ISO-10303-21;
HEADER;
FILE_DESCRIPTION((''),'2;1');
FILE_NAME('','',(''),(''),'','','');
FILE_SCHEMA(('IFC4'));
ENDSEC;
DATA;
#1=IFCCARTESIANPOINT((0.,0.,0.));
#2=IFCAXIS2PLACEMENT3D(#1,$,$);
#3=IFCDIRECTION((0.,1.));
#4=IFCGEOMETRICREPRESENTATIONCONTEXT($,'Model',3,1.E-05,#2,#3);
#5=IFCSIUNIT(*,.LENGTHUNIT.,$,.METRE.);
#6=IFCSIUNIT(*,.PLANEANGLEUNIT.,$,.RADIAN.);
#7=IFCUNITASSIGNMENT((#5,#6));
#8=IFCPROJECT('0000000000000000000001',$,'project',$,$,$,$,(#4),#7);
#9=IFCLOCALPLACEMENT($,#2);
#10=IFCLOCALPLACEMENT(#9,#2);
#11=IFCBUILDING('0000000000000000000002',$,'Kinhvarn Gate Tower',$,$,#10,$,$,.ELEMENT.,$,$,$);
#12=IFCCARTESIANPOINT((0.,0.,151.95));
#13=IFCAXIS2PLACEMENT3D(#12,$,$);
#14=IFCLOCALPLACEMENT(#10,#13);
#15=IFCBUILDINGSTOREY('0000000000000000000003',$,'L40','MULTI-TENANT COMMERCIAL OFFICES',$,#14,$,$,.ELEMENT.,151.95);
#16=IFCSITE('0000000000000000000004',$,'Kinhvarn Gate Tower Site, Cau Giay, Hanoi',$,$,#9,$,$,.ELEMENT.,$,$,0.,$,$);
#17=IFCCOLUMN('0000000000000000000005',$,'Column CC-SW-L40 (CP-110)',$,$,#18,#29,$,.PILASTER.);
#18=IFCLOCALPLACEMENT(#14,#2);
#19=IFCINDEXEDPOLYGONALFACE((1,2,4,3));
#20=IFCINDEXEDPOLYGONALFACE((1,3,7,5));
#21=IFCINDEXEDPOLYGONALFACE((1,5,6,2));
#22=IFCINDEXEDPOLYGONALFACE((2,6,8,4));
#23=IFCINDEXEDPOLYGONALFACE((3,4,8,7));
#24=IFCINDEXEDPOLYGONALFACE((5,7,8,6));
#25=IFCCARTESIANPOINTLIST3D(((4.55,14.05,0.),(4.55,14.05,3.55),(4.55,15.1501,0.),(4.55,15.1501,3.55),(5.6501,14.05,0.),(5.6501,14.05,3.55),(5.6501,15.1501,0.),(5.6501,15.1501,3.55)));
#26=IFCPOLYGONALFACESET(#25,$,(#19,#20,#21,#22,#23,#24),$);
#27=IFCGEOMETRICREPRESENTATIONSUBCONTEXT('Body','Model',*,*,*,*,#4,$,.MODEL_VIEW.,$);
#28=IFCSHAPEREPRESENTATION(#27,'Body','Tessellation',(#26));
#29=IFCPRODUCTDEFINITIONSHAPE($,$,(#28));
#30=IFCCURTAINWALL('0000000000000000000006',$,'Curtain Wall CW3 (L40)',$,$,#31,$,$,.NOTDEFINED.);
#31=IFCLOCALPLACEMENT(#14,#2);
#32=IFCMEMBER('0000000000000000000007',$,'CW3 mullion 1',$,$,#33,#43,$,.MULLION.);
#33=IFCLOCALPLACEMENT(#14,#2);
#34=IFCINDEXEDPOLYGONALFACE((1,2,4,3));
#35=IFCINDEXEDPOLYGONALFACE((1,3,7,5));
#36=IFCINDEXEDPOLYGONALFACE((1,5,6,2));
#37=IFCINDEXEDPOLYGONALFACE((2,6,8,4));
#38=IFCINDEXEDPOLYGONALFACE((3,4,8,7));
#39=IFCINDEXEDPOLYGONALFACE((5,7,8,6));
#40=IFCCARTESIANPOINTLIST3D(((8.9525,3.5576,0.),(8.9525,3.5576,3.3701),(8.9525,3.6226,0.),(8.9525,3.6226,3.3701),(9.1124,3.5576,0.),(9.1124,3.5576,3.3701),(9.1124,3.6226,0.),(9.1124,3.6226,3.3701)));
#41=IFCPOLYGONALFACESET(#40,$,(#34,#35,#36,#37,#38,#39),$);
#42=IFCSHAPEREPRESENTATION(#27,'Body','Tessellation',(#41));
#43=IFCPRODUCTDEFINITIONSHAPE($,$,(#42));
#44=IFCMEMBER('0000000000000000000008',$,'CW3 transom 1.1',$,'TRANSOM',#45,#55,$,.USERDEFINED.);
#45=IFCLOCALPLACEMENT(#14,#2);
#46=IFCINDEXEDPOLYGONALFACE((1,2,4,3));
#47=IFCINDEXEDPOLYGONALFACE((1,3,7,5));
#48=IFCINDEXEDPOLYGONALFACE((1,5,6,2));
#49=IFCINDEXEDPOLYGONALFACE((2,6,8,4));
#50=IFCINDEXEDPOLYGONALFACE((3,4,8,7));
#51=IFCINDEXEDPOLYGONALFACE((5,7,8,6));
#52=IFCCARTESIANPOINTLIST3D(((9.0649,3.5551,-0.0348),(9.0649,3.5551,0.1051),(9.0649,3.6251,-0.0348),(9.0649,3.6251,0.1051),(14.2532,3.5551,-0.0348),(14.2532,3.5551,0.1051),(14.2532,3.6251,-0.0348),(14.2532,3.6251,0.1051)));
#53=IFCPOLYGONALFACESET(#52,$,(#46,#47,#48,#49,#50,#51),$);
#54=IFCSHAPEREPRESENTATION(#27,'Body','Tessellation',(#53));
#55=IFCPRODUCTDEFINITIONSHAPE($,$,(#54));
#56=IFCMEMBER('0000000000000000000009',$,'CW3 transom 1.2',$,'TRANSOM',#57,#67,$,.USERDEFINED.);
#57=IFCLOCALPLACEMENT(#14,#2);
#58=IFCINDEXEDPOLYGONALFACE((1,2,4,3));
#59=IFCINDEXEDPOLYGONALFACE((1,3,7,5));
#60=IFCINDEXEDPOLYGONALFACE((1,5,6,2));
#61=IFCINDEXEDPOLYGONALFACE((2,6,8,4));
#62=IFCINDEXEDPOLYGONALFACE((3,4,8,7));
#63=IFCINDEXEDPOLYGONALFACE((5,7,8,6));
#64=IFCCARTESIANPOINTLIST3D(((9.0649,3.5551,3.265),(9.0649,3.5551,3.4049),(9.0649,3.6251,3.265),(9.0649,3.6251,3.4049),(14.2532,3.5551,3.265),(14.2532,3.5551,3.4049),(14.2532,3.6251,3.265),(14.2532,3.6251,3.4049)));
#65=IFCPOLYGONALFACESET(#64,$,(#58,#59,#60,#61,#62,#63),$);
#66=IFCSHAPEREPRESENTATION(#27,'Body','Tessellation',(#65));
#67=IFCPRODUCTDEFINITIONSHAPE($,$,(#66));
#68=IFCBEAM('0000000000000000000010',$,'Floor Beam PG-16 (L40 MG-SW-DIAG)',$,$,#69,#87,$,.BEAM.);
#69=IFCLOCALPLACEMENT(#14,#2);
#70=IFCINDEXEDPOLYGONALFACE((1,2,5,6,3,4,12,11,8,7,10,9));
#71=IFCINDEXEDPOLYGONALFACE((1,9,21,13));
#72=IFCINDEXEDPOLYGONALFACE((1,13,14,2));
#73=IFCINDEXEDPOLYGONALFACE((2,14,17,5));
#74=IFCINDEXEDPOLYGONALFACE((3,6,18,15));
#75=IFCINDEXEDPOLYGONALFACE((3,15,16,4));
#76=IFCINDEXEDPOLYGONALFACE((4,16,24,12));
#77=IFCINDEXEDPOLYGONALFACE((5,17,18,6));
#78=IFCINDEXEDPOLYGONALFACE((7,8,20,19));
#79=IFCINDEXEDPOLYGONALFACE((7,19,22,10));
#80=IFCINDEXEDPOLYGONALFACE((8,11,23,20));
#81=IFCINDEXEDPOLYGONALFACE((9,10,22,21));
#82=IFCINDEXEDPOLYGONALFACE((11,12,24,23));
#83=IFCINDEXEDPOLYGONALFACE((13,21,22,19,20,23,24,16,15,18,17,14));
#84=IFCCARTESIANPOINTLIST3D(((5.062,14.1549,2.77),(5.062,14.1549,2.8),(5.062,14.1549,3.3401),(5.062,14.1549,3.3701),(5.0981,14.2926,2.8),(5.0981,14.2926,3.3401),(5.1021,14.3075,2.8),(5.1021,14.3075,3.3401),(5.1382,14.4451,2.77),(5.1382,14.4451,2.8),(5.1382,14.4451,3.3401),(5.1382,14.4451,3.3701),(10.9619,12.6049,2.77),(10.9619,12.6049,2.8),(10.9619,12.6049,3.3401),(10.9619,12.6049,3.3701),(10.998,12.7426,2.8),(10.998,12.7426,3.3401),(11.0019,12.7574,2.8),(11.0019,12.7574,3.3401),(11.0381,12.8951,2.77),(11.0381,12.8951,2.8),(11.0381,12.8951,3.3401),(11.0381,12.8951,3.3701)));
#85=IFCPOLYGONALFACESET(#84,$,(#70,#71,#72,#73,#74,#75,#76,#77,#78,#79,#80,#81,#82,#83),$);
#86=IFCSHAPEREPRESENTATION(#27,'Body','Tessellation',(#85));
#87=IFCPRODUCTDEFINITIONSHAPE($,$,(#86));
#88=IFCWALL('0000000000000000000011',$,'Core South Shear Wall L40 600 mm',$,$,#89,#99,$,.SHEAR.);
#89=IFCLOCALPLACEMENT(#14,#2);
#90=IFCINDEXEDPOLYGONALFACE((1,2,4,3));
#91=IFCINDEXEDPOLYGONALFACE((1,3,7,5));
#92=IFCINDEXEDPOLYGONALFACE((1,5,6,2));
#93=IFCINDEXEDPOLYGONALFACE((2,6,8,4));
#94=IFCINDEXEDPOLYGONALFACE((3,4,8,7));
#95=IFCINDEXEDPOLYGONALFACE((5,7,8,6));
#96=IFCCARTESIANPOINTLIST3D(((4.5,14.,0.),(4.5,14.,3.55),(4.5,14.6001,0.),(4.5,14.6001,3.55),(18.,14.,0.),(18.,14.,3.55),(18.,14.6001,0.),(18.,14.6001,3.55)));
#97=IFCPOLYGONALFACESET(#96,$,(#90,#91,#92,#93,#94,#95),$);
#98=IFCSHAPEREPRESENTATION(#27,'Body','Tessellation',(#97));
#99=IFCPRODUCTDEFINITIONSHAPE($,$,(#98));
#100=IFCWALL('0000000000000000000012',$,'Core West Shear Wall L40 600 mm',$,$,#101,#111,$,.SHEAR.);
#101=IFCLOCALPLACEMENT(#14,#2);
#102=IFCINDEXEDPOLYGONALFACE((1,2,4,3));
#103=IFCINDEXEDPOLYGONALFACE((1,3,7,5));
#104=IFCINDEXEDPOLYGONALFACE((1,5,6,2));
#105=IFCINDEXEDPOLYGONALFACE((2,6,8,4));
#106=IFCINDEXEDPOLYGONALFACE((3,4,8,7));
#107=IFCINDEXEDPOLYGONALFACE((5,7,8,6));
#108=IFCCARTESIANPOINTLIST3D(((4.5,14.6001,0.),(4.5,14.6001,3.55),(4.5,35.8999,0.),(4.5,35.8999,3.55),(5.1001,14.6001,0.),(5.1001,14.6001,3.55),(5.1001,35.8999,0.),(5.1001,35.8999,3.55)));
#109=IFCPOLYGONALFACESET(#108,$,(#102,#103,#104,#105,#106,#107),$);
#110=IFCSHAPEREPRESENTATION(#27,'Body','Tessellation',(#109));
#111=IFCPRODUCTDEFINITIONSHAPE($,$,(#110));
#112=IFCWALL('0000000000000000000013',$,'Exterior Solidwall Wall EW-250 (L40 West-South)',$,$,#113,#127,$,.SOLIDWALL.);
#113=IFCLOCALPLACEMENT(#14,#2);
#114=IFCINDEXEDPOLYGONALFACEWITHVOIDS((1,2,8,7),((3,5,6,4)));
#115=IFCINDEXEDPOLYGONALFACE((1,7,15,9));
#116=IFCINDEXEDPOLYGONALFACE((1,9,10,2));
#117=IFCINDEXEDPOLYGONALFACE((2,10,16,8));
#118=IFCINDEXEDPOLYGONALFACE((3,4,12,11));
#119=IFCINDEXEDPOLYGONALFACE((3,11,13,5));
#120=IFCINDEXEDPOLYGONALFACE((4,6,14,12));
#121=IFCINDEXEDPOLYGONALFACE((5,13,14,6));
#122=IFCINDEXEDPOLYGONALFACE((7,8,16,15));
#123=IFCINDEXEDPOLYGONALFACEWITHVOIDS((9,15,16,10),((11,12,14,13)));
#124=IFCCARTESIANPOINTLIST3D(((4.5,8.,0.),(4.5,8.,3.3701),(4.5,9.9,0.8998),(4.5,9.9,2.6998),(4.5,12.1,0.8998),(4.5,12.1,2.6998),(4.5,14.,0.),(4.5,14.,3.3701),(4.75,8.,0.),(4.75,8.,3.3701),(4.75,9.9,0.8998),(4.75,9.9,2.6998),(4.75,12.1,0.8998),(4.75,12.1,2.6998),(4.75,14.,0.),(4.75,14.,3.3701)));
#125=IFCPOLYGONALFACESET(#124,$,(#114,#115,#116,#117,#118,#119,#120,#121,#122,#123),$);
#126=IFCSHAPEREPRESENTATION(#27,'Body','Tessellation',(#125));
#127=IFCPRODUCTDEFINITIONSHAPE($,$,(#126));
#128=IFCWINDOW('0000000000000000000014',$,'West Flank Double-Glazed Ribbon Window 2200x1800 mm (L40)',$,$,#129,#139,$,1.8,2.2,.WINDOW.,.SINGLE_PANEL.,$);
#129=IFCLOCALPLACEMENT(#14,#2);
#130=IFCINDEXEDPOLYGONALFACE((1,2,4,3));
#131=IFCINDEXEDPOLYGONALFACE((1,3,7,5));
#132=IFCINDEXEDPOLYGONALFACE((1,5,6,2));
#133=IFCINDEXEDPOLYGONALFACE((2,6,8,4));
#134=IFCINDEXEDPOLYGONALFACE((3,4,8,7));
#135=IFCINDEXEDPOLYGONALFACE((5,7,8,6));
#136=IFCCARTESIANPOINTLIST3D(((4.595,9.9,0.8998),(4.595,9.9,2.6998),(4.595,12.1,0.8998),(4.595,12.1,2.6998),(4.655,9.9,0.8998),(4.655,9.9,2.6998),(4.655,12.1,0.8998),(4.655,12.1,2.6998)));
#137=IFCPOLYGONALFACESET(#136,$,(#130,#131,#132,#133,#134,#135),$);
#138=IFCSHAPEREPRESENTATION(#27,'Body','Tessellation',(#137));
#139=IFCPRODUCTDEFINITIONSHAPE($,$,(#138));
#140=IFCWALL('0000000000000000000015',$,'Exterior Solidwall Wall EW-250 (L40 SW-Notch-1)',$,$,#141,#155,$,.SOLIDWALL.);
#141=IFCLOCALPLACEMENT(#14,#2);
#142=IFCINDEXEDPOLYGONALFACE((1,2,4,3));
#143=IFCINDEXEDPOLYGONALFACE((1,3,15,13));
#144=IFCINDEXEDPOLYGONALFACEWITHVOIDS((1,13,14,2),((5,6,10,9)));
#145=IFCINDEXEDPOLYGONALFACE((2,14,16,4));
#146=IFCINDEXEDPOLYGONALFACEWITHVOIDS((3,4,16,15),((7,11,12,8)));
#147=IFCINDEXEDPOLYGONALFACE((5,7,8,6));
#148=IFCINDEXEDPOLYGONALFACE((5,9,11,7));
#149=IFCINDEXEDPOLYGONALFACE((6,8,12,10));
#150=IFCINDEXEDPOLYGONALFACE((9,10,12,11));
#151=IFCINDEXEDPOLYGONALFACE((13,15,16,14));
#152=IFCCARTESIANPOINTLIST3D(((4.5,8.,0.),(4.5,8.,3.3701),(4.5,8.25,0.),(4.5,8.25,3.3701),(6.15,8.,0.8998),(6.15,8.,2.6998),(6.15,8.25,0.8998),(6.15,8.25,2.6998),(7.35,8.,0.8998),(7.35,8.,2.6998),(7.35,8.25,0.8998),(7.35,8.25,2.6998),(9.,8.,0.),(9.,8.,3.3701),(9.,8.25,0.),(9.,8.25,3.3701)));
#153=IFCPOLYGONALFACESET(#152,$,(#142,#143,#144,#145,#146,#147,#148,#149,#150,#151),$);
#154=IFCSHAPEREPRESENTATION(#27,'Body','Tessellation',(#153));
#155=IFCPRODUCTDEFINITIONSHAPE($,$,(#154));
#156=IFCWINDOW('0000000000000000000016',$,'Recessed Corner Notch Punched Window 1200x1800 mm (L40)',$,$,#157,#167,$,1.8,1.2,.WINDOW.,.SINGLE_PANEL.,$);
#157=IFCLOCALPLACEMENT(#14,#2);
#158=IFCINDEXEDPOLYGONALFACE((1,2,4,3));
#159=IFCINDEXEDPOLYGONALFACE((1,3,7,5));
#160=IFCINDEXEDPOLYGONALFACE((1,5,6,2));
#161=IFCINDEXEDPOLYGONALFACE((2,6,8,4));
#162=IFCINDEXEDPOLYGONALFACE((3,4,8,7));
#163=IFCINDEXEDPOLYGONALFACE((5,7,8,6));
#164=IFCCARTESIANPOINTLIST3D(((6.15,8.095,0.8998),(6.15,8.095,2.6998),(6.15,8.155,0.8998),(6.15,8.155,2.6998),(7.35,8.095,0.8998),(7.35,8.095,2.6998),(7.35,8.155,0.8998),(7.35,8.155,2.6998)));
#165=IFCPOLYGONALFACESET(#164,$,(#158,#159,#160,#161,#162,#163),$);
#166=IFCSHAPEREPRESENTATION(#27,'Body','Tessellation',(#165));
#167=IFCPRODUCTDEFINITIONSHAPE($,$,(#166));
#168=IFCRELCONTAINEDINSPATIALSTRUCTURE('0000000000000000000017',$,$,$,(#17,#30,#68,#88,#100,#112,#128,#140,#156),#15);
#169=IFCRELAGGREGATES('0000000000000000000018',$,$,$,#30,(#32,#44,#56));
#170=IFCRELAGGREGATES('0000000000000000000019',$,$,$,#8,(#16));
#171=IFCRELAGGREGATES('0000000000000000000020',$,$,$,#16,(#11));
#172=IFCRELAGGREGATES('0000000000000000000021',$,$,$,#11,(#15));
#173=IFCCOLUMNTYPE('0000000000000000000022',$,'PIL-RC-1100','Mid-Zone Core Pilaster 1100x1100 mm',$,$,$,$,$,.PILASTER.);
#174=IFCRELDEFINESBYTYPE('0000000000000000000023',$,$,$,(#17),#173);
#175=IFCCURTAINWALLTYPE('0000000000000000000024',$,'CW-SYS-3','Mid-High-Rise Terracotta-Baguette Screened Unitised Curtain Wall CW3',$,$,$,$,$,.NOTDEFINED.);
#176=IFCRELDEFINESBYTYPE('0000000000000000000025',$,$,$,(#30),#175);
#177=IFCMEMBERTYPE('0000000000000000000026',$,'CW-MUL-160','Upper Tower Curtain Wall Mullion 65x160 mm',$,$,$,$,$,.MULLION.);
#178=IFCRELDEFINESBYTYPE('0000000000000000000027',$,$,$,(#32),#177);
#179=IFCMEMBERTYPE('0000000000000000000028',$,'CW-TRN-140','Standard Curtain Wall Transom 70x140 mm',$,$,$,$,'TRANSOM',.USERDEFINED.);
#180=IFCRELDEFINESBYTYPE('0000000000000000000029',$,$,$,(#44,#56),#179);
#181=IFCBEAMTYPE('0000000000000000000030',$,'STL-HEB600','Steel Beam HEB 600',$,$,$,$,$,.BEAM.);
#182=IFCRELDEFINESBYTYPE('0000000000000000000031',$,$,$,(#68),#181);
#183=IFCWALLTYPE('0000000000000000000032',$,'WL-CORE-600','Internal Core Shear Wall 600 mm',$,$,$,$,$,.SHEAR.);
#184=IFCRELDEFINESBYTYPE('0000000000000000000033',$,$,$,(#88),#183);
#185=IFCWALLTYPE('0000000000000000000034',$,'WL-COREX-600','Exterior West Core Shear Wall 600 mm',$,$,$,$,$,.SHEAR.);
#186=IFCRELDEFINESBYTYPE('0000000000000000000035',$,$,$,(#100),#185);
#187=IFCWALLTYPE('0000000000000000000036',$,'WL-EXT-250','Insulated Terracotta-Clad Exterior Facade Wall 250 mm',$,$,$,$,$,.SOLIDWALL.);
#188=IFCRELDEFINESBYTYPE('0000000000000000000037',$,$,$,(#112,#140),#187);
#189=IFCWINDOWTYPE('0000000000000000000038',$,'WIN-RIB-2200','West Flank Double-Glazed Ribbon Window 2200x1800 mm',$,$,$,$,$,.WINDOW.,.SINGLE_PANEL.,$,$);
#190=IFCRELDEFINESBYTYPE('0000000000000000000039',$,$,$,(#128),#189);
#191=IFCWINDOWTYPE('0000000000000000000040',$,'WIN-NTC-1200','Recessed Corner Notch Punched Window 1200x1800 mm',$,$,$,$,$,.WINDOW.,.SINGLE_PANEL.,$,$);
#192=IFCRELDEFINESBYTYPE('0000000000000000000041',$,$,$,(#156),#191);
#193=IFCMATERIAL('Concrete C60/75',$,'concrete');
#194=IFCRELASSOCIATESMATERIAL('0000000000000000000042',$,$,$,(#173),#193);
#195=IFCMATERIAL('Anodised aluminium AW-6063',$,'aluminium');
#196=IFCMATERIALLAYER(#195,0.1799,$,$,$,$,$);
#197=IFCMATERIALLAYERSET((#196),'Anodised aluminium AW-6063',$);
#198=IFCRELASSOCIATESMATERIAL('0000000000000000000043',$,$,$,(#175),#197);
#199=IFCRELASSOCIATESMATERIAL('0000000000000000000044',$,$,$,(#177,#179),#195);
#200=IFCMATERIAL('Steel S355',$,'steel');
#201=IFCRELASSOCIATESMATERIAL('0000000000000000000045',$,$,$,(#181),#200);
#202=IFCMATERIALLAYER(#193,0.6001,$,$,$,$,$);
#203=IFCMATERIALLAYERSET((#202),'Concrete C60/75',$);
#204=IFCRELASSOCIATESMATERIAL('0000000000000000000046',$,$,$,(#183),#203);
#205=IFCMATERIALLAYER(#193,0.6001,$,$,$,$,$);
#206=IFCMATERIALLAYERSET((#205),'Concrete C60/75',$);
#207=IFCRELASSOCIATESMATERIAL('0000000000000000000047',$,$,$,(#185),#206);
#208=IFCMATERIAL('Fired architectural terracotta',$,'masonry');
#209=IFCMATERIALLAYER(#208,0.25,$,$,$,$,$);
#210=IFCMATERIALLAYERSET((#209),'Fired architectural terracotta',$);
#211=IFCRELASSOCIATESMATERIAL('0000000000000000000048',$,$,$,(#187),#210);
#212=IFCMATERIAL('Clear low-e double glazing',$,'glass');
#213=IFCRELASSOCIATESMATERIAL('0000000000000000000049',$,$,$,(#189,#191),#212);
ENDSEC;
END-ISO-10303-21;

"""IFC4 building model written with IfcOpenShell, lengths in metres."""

from ifc_helpers import new_model, si_unit, direction, frame, frame_2d, origin, origin_2d, place, context, subcontext, project, spatial, rectangle, i_section, extrude, material, layer, layer_set, material_profile, profile_set, type_object, element, fill, aggregate, save


model = new_model("IFC4")

# Units and contexts
model_context = context("Model", 3, precision=1e-05, world=origin(), true_north=direction((0.0, 1.0)))
body_context = subcontext(model_context, "Body", "Model", "MODEL_VIEW")
ifc_project = project(units=[si_unit("LENGTHUNIT", "METRE"), si_unit("PLANEANGLEUNIT", "RADIAN")], contexts=[model_context])

# Site, building, storey
site_placement = place(None, origin())
site = spatial("IfcSite", under=ifc_project, at=site_placement, Name="Kinhvarn Gate Tower Site, Cau Giay, Hanoi", CompositionType="ELEMENT", RefElevation=0.0)
building_placement = place(site_placement, origin())
building = spatial("IfcBuilding", under=site, at=building_placement, Name="Kinhvarn Gate Tower", CompositionType="ELEMENT")
storey_placement = place(building_placement, frame((0.0, 0.0, 151.95)))
storey = spatial("IfcBuildingStorey", under=building, at=storey_placement, Name="L40", Description="MULTI-TENANT COMMERCIAL OFFICES", CompositionType="ELEMENT", Elevation=151.95)

# Column
ifc_material_1 = material(Name="Concrete C60/75", Category="concrete")
ifc_material_profile_1 = material_profile(ifc_material_1, rectangle(XDim=1.1001, YDim=1.1001, at=origin_2d()), Name="RC 1100x1100")
ifc_profile_set_1 = profile_set([ifc_material_profile_1], Name="Concrete C60/75")
column_type = type_object("IfcColumnType", Name="PIL-RC-1100", Description="Mid-Zone Core Pilaster 1100x1100 mm", PredefinedType="PILASTER", material=ifc_profile_set_1)
column_placement = place(storey_placement, frame((5.1001, 14.6001, 0.0), z_axis=(0.0, 0.0, 1.0), x_axis=(1.0, 0.0, 0.0)))
element("IfcColumn", 1, at=column_placement, inside=storey, type_object=column_type, Name="Column CC-SW-L40 (CP-110)", PredefinedType="PILASTER", context=body_context, shape_type="SweptSolid", body=[
    extrude(rectangle(XDim=1.1001, YDim=1.1001, at=origin_2d()), origin(), (0.0, 0.0, 1.0), 3.55),
])

# Curtain wall, members
ifc_material_2 = material(Name="Anodised aluminium AW-6063", Category="aluminium")
ifc_layer_1 = layer(ifc_material_2, 0.1799)
ifc_layer_set_1 = layer_set([ifc_layer_1], Name="Anodised aluminium AW-6063")
curtain_wall_type = type_object("IfcCurtainWallType", Name="CW-SYS-3", Description="Mid-High-Rise Terracotta-Baguette Screened Unitised Curtain Wall CW3", PredefinedType="NOTDEFINED", material=ifc_layer_set_1)
curtain_wall_placement = place(storey_placement, origin())
curtain_wall = element("IfcCurtainWall", 2, at=curtain_wall_placement, inside=storey, type_object=curtain_wall_type, Name="Curtain Wall CW3 (L40)", PredefinedType="NOTDEFINED")
ifc_material_profile_2 = material_profile(ifc_material_2, rectangle(XDim=0.0649, YDim=0.1599, at=origin_2d()), Name="ALU 65x160")
ifc_profile_set_2 = profile_set([ifc_material_profile_2], Name="Anodised aluminium AW-6063")
member_type_1 = type_object("IfcMemberType", Name="CW-MUL-160", Description="Upper Tower Curtain Wall Mullion 65x160 mm", PredefinedType="MULLION", material=ifc_profile_set_2)
member_1_placement = place(storey_placement, frame((9.0325, 3.5901, 0.0), z_axis=(0.0, 0.0, 1.0), x_axis=(0.0, 1.0, 0.0)))
member_1 = element("IfcMember", 3, at=member_1_placement, type_object=member_type_1, Name="CW3 mullion 1", PredefinedType="MULLION", context=body_context, shape_type="SweptSolid", body=[
    extrude(rectangle(XDim=0.0649, YDim=0.1599, at=origin_2d()), origin(), (0.0, 0.0, 1.0), 3.3701),
])
ifc_material_profile_3 = material_profile(ifc_material_2, rectangle(XDim=0.0701, YDim=0.1399, at=origin_2d()), Name="ALU 70x140")
ifc_profile_set_3 = profile_set([ifc_material_profile_3], Name="Anodised aluminium AW-6063")
member_type_2 = type_object("IfcMemberType", Name="CW-TRN-140", Description="Standard Curtain Wall Transom 70x140 mm", ElementType="TRANSOM", PredefinedType="USERDEFINED", material=ifc_profile_set_3)
member_2_placement = place(storey_placement, frame((9.0649, 3.5901, 0.0352), z_axis=(1.0, 0.0, 0.0), x_axis=(0.0, 1.0, 0.0)))
member_2 = element("IfcMember", 4, at=member_2_placement, type_object=member_type_2, Name="CW3 transom 1.1", ObjectType="TRANSOM", PredefinedType="USERDEFINED", context=body_context, shape_type="SweptSolid", body=[
    extrude(rectangle(XDim=0.0701, YDim=0.1399, at=origin_2d()), origin(), (0.0, 0.0, 1.0), 5.1882),
])
member_3_placement = place(storey_placement, frame((9.0649, 3.5901, 3.335), z_axis=(1.0, 0.0, 0.0), x_axis=(0.0, 1.0, 0.0)))
member_3 = element("IfcMember", 5, at=member_3_placement, type_object=member_type_2, Name="CW3 transom 1.2", ObjectType="TRANSOM", PredefinedType="USERDEFINED", context=body_context, shape_type="SweptSolid", body=[
    extrude(rectangle(XDim=0.0701, YDim=0.1399, at=origin_2d()), origin(), (0.0, 0.0, 1.0), 5.1882),
])
aggregate(curtain_wall, [member_1, member_2, member_3])

# Beam
ifc_material_3 = material(Name="Steel S355", Category="steel")
ifc_material_profile_4 = material_profile(ifc_material_3, i_section(OverallWidth=0.3, OverallDepth=0.6001, WebThickness=0.0154, FlangeThickness=0.03, at=origin_2d()), Name="HEB 600")
ifc_profile_set_4 = profile_set([ifc_material_profile_4], Name="Steel S355")
beam_type = type_object("IfcBeamType", Name="STL-HEB600", Description="Steel Beam HEB 600", PredefinedType="BEAM", material=ifc_profile_set_4)
beam_placement = place(storey_placement, frame((5.1001, 14.3, 3.0701), z_axis=(0.967178, -0.254101, 0.0), x_axis=(0.254101, 0.967178, 0.0)))
element("IfcBeam", 6, at=beam_placement, inside=storey, type_object=beam_type, Name="Floor Beam PG-16 (L40 MG-SW-DIAG)", PredefinedType="BEAM", context=body_context, shape_type="SweptSolid", body=[
    extrude(i_section(OverallWidth=0.3, OverallDepth=0.6001, WebThickness=0.0154, FlangeThickness=0.03, at=origin_2d()), origin(), (0.0, 0.0, 1.0), 6.1001),
])

# Walls
ifc_layer_2 = layer(ifc_material_1, 0.6001)
ifc_layer_set_2 = layer_set([ifc_layer_2], Name="Concrete C60/75")
wall_type_1 = type_object("IfcWallType", Name="WL-CORE-600", Description="Internal Core Shear Wall 600 mm", PredefinedType="SHEAR", material=ifc_layer_set_2)
wall_1_placement = place(storey_placement, frame((4.5, 14.3, 0.0), z_axis=(0.0, 0.0, 1.0), x_axis=(1.0, 0.0, 0.0)))
element("IfcWall", 7, at=wall_1_placement, inside=storey, type_object=wall_type_1, Name="Core South Shear Wall L40 600 mm", PredefinedType="SHEAR", context=body_context, shape_type="SweptSolid", body=[
    extrude(rectangle(XDim=13.5, YDim=0.6001, at=frame_2d((6.75, 0.0))), origin(), (0.0, 0.0, 1.0), 3.55),
])
ifc_layer_3 = layer(ifc_material_1, 0.6001)
ifc_layer_set_3 = layer_set([ifc_layer_3], Name="Concrete C60/75")
wall_type_2 = type_object("IfcWallType", Name="WL-COREX-600", Description="Exterior West Core Shear Wall 600 mm", PredefinedType="SHEAR", material=ifc_layer_set_3)
wall_2_placement = place(storey_placement, frame((4.8, 14.6001, 0.0), z_axis=(0.0, 0.0, 1.0), x_axis=(0.0, 1.0, 0.0)))
element("IfcWall", 8, at=wall_2_placement, inside=storey, type_object=wall_type_2, Name="Core West Shear Wall L40 600 mm", PredefinedType="SHEAR", context=body_context, shape_type="SweptSolid", body=[
    extrude(rectangle(XDim=21.2998, YDim=0.6001, at=frame_2d((10.6499, 0.0))), origin(), (0.0, 0.0, 1.0), 3.55),
])

# Walls, openings, windows
ifc_material_4 = material(Name="Fired architectural terracotta", Category="masonry")
ifc_layer_4 = layer(ifc_material_4, 0.25)
ifc_layer_set_4 = layer_set([ifc_layer_4], Name="Fired architectural terracotta")
wall_type_3 = type_object("IfcWallType", Name="WL-EXT-250", Description="Insulated Terracotta-Clad Exterior Facade Wall 250 mm", PredefinedType="SOLIDWALL", material=ifc_layer_set_4)
wall_3_placement = place(storey_placement, frame((4.625, 14.0, 0.0), z_axis=(0.0, 0.0, 1.0), x_axis=(0.0, -1.0, 0.0)))
wall_3 = element("IfcWall", 9, at=wall_3_placement, inside=storey, type_object=wall_type_3, Name="Exterior Solidwall Wall EW-250 (L40 West-South)", PredefinedType="SOLIDWALL", context=body_context, shape_type="SweptSolid", body=[
    extrude(rectangle(XDim=6.0, YDim=0.25, at=frame_2d((3.0, 0.0))), origin(), (0.0, 0.0, 1.0), 3.3701),
])
opening_1_placement = place(wall_3_placement, frame((1.8999, 0.0, 0.8999)))
opening_1 = element("IfcOpeningElement", 10, at=opening_1_placement, cuts=wall_3, PredefinedType="OPENING", context=body_context, shape_type="SweptSolid", body=[
    extrude(rectangle(XDim=2.2, YDim=1.8, at=frame_2d((1.1001, 0.8999))), frame((0.0, 0.135, 0.0), z_axis=(0.0, -1.0, 0.0), x_axis=(1.0, 0.0, 0.0)), (0.0, 0.0, 1.0), 0.27),
])
ifc_material_5 = material(Name="Clear low-e double glazing", Category="glass")
window_type_1 = type_object("IfcWindowType", Name="WIN-RIB-2200", Description="West Flank Double-Glazed Ribbon Window 2200x1800 mm", PartitioningType="SINGLE_PANEL", PredefinedType="WINDOW", material=ifc_material_5)
window_1_placement = place(opening_1_placement, origin())
window_1 = element("IfcWindow", 11, at=window_1_placement, inside=storey, type_object=window_type_1, Name="West Flank Double-Glazed Ribbon Window 2200x1800 mm (L40)", OverallHeight=1.8, OverallWidth=2.2, PartitioningType="SINGLE_PANEL", PredefinedType="WINDOW", context=body_context, shape_type="SweptSolid", body=[
    extrude(rectangle(XDim=2.2, YDim=1.8, at=frame_2d((1.1001, 0.8999))), frame((0.0, 0.03, 0.0), z_axis=(0.0, -1.0, 0.0), x_axis=(1.0, 0.0, 0.0)), (0.0, 0.0, 1.0), 0.0601),
])
fill(opening_1, window_1)
wall_4_placement = place(storey_placement, frame((4.5, 8.125, 0.0), z_axis=(0.0, 0.0, 1.0), x_axis=(1.0, 0.0, 0.0)))
wall_4 = element("IfcWall", 12, at=wall_4_placement, inside=storey, type_object=wall_type_3, Name="Exterior Solidwall Wall EW-250 (L40 SW-Notch-1)", PredefinedType="SOLIDWALL", context=body_context, shape_type="SweptSolid", body=[
    extrude(rectangle(XDim=4.5, YDim=0.25, at=frame_2d((2.25, 0.0))), origin(), (0.0, 0.0, 1.0), 3.3701),
])
opening_2_placement = place(wall_4_placement, frame((1.6499, 0.0, 0.8999)))
opening_2 = element("IfcOpeningElement", 13, at=opening_2_placement, cuts=wall_4, PredefinedType="OPENING", context=body_context, shape_type="SweptSolid", body=[
    extrude(rectangle(XDim=1.2, YDim=1.8, at=frame_2d((0.6001, 0.8999))), frame((0.0, 0.135, 0.0), z_axis=(0.0, -1.0, 0.0), x_axis=(1.0, 0.0, 0.0)), (0.0, 0.0, 1.0), 0.27),
])
window_type_2 = type_object("IfcWindowType", Name="WIN-NTC-1200", Description="Recessed Corner Notch Punched Window 1200x1800 mm", PartitioningType="SINGLE_PANEL", PredefinedType="WINDOW", material=ifc_material_5)
window_2_placement = place(opening_2_placement, origin())
window_2 = element("IfcWindow", 14, at=window_2_placement, inside=storey, type_object=window_type_2, Name="Recessed Corner Notch Punched Window 1200x1800 mm (L40)", OverallHeight=1.8, OverallWidth=1.2, PartitioningType="SINGLE_PANEL", PredefinedType="WINDOW", context=body_context, shape_type="SweptSolid", body=[
    extrude(rectangle(XDim=1.2, YDim=1.8, at=frame_2d((0.6001, 0.8999))), frame((0.0, 0.03, 0.0), z_axis=(0.0, -1.0, 0.0), x_axis=(1.0, 0.0, 0.0)), (0.0, 0.0, 1.0), 0.0601),
])
fill(opening_2, window_2)

save(model, "model.ifc")
